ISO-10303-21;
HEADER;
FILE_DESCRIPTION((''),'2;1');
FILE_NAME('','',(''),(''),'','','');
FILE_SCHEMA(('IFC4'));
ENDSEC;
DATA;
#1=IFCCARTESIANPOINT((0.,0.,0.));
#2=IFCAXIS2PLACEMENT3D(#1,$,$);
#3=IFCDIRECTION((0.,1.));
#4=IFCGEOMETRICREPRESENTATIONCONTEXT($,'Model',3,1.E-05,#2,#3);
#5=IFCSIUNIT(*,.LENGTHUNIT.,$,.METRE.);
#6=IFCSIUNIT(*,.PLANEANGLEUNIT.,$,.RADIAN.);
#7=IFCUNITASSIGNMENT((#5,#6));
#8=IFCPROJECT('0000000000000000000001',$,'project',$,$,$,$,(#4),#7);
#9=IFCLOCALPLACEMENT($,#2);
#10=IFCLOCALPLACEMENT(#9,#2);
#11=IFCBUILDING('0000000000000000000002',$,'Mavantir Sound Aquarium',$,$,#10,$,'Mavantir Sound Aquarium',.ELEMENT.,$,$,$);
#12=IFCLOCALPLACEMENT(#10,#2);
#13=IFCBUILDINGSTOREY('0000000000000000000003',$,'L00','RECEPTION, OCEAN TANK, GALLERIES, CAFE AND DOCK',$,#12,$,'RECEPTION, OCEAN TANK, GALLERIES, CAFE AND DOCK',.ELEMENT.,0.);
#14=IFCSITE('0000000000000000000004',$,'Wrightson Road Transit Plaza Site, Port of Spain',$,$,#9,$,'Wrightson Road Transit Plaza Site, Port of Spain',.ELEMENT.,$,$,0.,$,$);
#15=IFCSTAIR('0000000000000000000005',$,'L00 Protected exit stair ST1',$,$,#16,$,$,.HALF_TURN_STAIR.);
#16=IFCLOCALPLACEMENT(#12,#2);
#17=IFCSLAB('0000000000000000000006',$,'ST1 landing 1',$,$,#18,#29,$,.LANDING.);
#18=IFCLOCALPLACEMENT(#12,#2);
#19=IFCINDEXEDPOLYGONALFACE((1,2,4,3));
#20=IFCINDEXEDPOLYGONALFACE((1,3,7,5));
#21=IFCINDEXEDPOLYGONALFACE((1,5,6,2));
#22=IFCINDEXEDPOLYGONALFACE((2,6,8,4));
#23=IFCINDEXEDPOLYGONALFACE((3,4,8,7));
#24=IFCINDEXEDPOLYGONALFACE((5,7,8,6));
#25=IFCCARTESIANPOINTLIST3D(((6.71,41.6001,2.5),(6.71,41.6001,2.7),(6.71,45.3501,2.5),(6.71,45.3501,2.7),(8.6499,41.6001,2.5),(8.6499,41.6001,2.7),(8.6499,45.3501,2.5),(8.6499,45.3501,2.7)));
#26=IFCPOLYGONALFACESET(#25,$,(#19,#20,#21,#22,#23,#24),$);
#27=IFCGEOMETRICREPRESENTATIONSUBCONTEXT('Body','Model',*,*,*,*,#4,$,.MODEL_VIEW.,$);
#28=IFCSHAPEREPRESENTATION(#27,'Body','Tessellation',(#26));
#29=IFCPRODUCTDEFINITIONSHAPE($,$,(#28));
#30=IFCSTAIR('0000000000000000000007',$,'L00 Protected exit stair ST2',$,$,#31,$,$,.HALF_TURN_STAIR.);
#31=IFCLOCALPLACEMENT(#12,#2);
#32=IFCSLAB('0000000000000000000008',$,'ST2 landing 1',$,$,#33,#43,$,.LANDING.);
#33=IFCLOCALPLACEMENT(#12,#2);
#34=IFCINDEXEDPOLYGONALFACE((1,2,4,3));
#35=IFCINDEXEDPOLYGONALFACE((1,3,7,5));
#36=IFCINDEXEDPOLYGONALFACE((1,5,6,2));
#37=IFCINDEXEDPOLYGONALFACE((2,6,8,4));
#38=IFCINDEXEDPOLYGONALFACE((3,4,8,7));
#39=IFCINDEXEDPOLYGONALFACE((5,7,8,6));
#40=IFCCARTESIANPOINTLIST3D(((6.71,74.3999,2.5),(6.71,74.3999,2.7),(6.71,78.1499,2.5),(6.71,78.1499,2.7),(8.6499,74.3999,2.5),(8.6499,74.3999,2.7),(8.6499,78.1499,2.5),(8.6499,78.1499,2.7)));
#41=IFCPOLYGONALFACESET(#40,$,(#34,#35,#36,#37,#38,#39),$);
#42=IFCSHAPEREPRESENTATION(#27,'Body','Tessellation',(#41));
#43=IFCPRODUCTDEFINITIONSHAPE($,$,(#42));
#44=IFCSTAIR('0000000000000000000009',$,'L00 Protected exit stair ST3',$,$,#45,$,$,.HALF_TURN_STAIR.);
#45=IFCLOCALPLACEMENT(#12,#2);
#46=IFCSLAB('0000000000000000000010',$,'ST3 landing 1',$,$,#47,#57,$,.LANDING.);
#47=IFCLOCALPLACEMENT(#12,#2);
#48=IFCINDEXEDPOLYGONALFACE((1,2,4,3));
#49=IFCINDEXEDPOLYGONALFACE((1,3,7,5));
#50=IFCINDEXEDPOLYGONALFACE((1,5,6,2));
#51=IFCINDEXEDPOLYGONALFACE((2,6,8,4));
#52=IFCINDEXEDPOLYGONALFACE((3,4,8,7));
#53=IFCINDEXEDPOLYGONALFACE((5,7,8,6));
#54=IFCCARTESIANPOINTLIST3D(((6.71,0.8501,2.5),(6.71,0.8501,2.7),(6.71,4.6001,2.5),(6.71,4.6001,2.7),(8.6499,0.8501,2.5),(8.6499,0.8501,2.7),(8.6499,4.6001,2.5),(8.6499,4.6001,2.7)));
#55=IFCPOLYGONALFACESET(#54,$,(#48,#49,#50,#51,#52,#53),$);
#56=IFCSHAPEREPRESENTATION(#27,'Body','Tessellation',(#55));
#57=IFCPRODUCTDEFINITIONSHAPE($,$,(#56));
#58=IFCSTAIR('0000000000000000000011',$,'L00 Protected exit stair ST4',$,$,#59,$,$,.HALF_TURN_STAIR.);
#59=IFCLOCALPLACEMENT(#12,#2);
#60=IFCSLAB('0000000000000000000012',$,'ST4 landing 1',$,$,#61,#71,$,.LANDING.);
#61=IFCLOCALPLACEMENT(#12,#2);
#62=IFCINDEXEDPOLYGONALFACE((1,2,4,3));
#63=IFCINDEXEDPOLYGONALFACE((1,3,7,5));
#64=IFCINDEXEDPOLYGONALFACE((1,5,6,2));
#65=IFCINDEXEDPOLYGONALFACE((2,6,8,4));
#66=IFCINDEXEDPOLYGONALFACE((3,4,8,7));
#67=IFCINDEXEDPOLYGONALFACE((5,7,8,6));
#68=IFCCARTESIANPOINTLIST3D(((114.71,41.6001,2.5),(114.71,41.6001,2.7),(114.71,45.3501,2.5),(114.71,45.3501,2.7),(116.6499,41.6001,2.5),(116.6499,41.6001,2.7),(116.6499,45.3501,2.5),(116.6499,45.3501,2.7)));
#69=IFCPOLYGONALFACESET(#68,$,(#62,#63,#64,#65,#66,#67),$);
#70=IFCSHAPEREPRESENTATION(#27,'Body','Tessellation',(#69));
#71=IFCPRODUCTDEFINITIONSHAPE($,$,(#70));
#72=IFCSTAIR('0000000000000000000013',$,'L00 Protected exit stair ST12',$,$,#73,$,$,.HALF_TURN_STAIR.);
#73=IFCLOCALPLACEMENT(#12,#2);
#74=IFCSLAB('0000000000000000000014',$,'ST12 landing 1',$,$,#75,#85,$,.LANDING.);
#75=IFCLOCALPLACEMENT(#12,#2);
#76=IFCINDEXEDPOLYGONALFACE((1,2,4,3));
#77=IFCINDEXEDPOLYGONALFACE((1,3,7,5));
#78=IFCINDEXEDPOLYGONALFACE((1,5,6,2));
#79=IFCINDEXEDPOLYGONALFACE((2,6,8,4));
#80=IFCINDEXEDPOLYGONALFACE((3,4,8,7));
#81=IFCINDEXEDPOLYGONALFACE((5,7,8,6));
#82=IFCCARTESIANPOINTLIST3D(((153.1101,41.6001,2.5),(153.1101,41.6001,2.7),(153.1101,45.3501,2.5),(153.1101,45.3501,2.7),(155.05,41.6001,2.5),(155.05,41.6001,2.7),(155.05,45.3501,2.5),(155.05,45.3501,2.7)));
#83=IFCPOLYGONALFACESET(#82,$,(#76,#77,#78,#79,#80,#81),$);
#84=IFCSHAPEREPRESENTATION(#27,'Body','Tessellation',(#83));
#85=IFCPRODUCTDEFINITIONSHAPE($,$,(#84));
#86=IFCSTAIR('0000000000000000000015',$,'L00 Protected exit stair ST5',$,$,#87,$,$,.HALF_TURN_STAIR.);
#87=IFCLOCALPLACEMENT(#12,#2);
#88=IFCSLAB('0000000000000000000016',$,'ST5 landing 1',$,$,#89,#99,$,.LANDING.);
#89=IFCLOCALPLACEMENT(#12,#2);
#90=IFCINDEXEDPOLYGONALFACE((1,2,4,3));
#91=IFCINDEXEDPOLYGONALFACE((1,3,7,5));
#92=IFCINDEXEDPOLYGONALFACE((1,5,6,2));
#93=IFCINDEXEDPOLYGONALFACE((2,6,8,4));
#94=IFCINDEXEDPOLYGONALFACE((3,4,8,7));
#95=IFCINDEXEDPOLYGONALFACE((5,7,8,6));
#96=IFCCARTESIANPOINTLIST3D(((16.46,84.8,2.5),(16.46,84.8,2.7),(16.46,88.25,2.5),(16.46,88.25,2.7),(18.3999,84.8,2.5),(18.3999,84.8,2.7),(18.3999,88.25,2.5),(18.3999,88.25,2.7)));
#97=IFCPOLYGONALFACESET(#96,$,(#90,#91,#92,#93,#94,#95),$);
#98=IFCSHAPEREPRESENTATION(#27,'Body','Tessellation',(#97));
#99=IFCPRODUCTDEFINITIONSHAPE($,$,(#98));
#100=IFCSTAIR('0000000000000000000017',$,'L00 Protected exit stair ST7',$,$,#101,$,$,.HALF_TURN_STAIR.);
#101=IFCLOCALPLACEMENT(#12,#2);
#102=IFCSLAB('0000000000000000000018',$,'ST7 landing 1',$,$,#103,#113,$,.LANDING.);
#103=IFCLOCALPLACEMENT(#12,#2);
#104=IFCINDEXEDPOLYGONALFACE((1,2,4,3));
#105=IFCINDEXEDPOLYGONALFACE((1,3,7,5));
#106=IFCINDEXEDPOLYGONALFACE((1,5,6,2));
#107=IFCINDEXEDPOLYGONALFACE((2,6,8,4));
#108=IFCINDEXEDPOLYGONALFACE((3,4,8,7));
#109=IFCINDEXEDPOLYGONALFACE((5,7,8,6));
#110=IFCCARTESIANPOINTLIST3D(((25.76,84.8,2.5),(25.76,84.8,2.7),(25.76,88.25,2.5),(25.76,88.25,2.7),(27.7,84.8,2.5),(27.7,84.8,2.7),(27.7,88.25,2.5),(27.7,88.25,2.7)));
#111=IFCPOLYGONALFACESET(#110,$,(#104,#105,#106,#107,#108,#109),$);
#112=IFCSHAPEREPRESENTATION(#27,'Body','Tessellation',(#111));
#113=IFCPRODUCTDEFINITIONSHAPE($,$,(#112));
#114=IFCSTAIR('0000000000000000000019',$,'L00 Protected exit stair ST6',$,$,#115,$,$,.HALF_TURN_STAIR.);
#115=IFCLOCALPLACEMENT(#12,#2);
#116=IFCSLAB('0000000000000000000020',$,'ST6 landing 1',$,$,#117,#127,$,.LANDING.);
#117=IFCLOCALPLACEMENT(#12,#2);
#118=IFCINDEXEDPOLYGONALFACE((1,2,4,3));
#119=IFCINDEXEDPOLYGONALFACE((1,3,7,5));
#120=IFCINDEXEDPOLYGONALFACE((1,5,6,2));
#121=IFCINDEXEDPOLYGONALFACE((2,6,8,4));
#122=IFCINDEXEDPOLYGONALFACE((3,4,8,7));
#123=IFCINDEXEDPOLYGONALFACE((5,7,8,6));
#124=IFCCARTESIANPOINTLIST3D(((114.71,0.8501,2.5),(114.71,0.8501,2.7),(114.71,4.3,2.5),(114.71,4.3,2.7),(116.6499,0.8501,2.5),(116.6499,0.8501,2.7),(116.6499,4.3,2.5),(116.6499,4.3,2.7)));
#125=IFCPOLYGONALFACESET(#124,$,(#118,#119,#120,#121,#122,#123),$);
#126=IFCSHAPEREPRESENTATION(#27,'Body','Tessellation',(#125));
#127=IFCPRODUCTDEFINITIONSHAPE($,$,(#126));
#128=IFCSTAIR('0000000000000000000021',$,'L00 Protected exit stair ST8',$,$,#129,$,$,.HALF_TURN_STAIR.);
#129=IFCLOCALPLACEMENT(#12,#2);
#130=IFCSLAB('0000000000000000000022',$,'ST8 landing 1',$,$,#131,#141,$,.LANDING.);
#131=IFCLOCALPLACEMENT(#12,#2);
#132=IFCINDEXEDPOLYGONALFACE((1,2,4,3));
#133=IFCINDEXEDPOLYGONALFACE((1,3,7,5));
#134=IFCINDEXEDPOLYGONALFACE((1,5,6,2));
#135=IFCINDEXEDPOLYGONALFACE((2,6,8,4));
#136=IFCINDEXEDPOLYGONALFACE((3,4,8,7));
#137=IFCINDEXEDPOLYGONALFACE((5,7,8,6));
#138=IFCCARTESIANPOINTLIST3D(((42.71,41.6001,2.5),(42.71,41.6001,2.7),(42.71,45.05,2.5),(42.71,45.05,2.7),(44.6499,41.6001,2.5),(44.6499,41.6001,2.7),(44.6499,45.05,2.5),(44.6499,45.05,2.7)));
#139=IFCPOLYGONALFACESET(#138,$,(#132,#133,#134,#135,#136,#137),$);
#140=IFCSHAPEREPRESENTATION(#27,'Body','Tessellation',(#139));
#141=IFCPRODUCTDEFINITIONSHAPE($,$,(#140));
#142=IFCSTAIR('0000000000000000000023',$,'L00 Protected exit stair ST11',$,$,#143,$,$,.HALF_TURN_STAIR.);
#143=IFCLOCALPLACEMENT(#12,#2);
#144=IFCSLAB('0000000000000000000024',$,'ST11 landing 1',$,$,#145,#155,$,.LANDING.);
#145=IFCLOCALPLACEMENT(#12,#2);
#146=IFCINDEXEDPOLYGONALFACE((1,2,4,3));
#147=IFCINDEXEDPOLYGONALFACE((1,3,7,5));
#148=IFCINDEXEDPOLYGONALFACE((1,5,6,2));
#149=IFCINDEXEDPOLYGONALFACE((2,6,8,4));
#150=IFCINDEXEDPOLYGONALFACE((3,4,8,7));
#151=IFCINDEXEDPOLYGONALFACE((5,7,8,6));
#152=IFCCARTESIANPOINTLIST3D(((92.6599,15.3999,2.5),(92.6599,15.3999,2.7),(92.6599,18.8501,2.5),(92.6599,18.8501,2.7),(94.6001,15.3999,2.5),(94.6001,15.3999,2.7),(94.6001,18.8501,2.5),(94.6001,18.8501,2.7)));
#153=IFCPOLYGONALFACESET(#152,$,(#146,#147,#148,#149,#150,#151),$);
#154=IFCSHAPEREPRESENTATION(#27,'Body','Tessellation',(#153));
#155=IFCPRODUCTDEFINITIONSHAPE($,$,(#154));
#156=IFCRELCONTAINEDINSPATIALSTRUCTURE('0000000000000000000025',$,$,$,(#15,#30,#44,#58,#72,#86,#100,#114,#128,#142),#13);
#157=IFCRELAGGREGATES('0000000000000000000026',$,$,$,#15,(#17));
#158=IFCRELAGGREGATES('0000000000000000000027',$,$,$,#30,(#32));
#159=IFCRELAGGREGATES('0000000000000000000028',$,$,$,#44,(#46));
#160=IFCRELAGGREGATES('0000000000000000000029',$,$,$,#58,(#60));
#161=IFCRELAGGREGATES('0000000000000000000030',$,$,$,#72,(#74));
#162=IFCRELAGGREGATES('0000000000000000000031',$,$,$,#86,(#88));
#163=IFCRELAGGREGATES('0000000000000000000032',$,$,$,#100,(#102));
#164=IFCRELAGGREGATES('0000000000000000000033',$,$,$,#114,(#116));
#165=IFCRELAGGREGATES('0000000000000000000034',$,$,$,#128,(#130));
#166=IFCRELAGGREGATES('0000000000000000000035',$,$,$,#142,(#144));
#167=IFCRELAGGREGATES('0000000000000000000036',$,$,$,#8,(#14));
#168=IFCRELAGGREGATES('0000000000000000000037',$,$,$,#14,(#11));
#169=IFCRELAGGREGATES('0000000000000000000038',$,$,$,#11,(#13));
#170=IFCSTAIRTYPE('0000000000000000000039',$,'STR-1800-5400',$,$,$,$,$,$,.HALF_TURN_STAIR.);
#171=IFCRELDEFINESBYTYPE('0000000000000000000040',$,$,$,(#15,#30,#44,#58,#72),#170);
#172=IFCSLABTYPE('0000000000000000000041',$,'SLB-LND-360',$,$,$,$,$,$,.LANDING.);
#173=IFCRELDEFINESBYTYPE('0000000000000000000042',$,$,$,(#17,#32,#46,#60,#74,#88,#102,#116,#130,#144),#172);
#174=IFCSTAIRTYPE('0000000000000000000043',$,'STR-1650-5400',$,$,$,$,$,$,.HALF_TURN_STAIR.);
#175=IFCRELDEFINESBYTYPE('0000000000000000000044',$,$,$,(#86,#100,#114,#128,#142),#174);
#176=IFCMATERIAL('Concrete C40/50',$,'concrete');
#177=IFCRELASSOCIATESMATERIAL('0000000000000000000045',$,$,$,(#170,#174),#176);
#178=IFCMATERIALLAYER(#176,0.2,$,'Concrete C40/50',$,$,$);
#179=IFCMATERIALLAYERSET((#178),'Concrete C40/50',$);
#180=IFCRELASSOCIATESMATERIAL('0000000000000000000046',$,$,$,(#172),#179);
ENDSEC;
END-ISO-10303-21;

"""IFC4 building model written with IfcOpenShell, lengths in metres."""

from ifc_helpers import new_model, si_unit, direction, frame, origin, place, context, subcontext, project, spatial, polyline, outline, extrude, material, layer, layer_set, type_object, element, aggregate, save


model = new_model("IFC4")

# Units and contexts
model_context = context("Model", 3, precision=1e-05, world=origin(), true_north=direction((0.0, 1.0)))
body_context = subcontext(model_context, "Body", "Model", "MODEL_VIEW")
ifc_project = project(units=[si_unit("LENGTHUNIT", "METRE"), si_unit("PLANEANGLEUNIT", "RADIAN")], contexts=[model_context])

# Site, building, storey
site_placement = place(None, origin())
site = spatial("IfcSite", under=ifc_project, at=site_placement, Name="Wrightson Road Transit Plaza Site, Port of Spain", LongName="Wrightson Road Transit Plaza Site, Port of Spain", CompositionType="ELEMENT", RefElevation=0.0)
building_placement = place(site_placement, origin())
building = spatial("IfcBuilding", under=site, at=building_placement, Name="Mavantir Sound Aquarium", LongName="Mavantir Sound Aquarium", CompositionType="ELEMENT")
storey_placement = place(building_placement, origin())
storey = spatial("IfcBuildingStorey", under=building, at=storey_placement, Name="L00", Description="RECEPTION, OCEAN TANK, GALLERIES, CAFE AND DOCK", LongName="RECEPTION, OCEAN TANK, GALLERIES, CAFE AND DOCK", CompositionType="ELEMENT", Elevation=0.0)

# Stairs, slabs
ifc_material_1 = material(Name="Concrete C40/50", Category="concrete")
stair_type_1 = type_object("IfcStairType", Name="STR-1800-5400", PredefinedType="HALF_TURN_STAIR", material=ifc_material_1)
stair_1_placement = place(storey_placement, origin())
stair_1 = element("IfcStair", 1, at=stair_1_placement, inside=storey, type_object=stair_type_1, Name="L00 Protected exit stair ST1", PredefinedType="HALF_TURN_STAIR")
ifc_layer_1 = layer(ifc_material_1, 0.2, Name="Concrete C40/50")
ifc_layer_set_1 = layer_set([ifc_layer_1], Name="Concrete C40/50")
slab_type = type_object("IfcSlabType", Name="SLB-LND-360", PredefinedType="LANDING", material=ifc_layer_set_1)
slab_1_placement = place(storey_placement, frame((0.0, 0.0, 2.5)))
slab_1 = element("IfcSlab", 2, at=slab_1_placement, type_object=slab_type, Name="ST1 landing 1", PredefinedType="LANDING", context=body_context, shape_type="SweptSolid", body=[
    extrude(outline(polyline([(6.71, 41.6001), (8.6499, 41.6001), (8.6499, 45.3501), (6.71, 45.3501), (6.71, 41.6001)])), origin(), (0.0, 0.0, 1.0), 0.2),
])
aggregate(stair_1, [slab_1])
stair_2_placement = place(storey_placement, origin())
stair_2 = element("IfcStair", 3, at=stair_2_placement, inside=storey, type_object=stair_type_1, Name="L00 Protected exit stair ST2", PredefinedType="HALF_TURN_STAIR")
slab_2_placement = place(storey_placement, frame((0.0, 0.0, 2.5)))
slab_2 = element("IfcSlab", 4, at=slab_2_placement, type_object=slab_type, Name="ST2 landing 1", PredefinedType="LANDING", context=body_context, shape_type="SweptSolid", body=[
    extrude(outline(polyline([(6.71, 74.3999), (8.6499, 74.3999), (8.6499, 78.1499), (6.71, 78.1499), (6.71, 74.3999)])), origin(), (0.0, 0.0, 1.0), 0.2),
])
aggregate(stair_2, [slab_2])
stair_3_placement = place(storey_placement, origin())
stair_3 = element("IfcStair", 5, at=stair_3_placement, inside=storey, type_object=stair_type_1, Name="L00 Protected exit stair ST3", PredefinedType="HALF_TURN_STAIR")
slab_3_placement = place(storey_placement, frame((0.0, 0.0, 2.5)))
slab_3 = element("IfcSlab", 6, at=slab_3_placement, type_object=slab_type, Name="ST3 landing 1", PredefinedType="LANDING", context=body_context, shape_type="SweptSolid", body=[
    extrude(outline(polyline([(6.71, 0.8501), (8.6499, 0.8501), (8.6499, 4.6001), (6.71, 4.6001), (6.71, 0.8501)])), origin(), (0.0, 0.0, 1.0), 0.2),
])
aggregate(stair_3, [slab_3])
stair_4_placement = place(storey_placement, origin())
stair_4 = element("IfcStair", 7, at=stair_4_placement, inside=storey, type_object=stair_type_1, Name="L00 Protected exit stair ST4", PredefinedType="HALF_TURN_STAIR")
slab_4_placement = place(storey_placement, frame((0.0, 0.0, 2.5)))
slab_4 = element("IfcSlab", 8, at=slab_4_placement, type_object=slab_type, Name="ST4 landing 1", PredefinedType="LANDING", context=body_context, shape_type="SweptSolid", body=[
    extrude(outline(polyline([(114.71, 41.6001), (116.6499, 41.6001), (116.6499, 45.3501), (114.71, 45.3501), (114.71, 41.6001)])), origin(), (0.0, 0.0, 1.0), 0.2),
])
aggregate(stair_4, [slab_4])
stair_5_placement = place(storey_placement, origin())
stair_5 = element("IfcStair", 9, at=stair_5_placement, inside=storey, type_object=stair_type_1, Name="L00 Protected exit stair ST12", PredefinedType="HALF_TURN_STAIR")
slab_5_placement = place(storey_placement, frame((0.0, 0.0, 2.5)))
slab_5 = element("IfcSlab", 10, at=slab_5_placement, type_object=slab_type, Name="ST12 landing 1", PredefinedType="LANDING", context=body_context, shape_type="SweptSolid", body=[
    extrude(outline(polyline([(153.1101, 41.6001), (155.05, 41.6001), (155.05, 45.3501), (153.1101, 45.3501), (153.1101, 41.6001)])), origin(), (0.0, 0.0, 1.0), 0.2),
])
aggregate(stair_5, [slab_5])
stair_type_2 = type_object("IfcStairType", Name="STR-1650-5400", PredefinedType="HALF_TURN_STAIR", material=ifc_material_1)
stair_6_placement = place(storey_placement, origin())
stair_6 = element("IfcStair", 11, at=stair_6_placement, inside=storey, type_object=stair_type_2, Name="L00 Protected exit stair ST5", PredefinedType="HALF_TURN_STAIR")
slab_6_placement = place(storey_placement, frame((0.0, 0.0, 2.5)))
slab_6 = element("IfcSlab", 12, at=slab_6_placement, type_object=slab_type, Name="ST5 landing 1", PredefinedType="LANDING", context=body_context, shape_type="SweptSolid", body=[
    extrude(outline(polyline([(16.46, 84.8), (18.3999, 84.8), (18.3999, 88.25), (16.46, 88.25), (16.46, 84.8)])), origin(), (0.0, 0.0, 1.0), 0.2),
])
aggregate(stair_6, [slab_6])
stair_7_placement = place(storey_placement, origin())
stair_7 = element("IfcStair", 13, at=stair_7_placement, inside=storey, type_object=stair_type_2, Name="L00 Protected exit stair ST7", PredefinedType="HALF_TURN_STAIR")
slab_7_placement = place(storey_placement, frame((0.0, 0.0, 2.5)))
slab_7 = element("IfcSlab", 14, at=slab_7_placement, type_object=slab_type, Name="ST7 landing 1", PredefinedType="LANDING", context=body_context, shape_type="SweptSolid", body=[
    extrude(outline(polyline([(25.76, 84.8), (27.7, 84.8), (27.7, 88.25), (25.76, 88.25), (25.76, 84.8)])), origin(), (0.0, 0.0, 1.0), 0.2),
])
aggregate(stair_7, [slab_7])
stair_8_placement = place(storey_placement, origin())
stair_8 = element("IfcStair", 15, at=stair_8_placement, inside=storey, type_object=stair_type_2, Name="L00 Protected exit stair ST6", PredefinedType="HALF_TURN_STAIR")
slab_8_placement = place(storey_placement, frame((0.0, 0.0, 2.5)))
slab_8 = element("IfcSlab", 16, at=slab_8_placement, type_object=slab_type, Name="ST6 landing 1", PredefinedType="LANDING", context=body_context, shape_type="SweptSolid", body=[
    extrude(outline(polyline([(114.71, 0.8501), (116.6499, 0.8501), (116.6499, 4.3), (114.71, 4.3), (114.71, 0.8501)])), origin(), (0.0, 0.0, 1.0), 0.2),
])
aggregate(stair_8, [slab_8])
stair_9_placement = place(storey_placement, origin())
stair_9 = element("IfcStair", 17, at=stair_9_placement, inside=storey, type_object=stair_type_2, Name="L00 Protected exit stair ST8", PredefinedType="HALF_TURN_STAIR")
slab_9_placement = place(storey_placement, frame((0.0, 0.0, 2.5)))
slab_9 = element("IfcSlab", 18, at=slab_9_placement, type_object=slab_type, Name="ST8 landing 1", PredefinedType="LANDING", context=body_context, shape_type="SweptSolid", body=[
    extrude(outline(polyline([(42.71, 41.6001), (44.6499, 41.6001), (44.6499, 45.05), (42.71, 45.05), (42.71, 41.6001)])), origin(), (0.0, 0.0, 1.0), 0.2),
])
aggregate(stair_9, [slab_9])
stair_10_placement = place(storey_placement, origin())
stair_10 = element("IfcStair", 19, at=stair_10_placement, inside=storey, type_object=stair_type_2, Name="L00 Protected exit stair ST11", PredefinedType="HALF_TURN_STAIR")
slab_10_placement = place(storey_placement, frame((0.0, 0.0, 2.5)))
slab_10 = element("IfcSlab", 20, at=slab_10_placement, type_object=slab_type, Name="ST11 landing 1", PredefinedType="LANDING", context=body_context, shape_type="SweptSolid", body=[
    extrude(outline(polyline([(92.6599, 15.3999), (94.6001, 15.3999), (94.6001, 18.8501), (92.6599, 18.8501), (92.6599, 15.3999)])), origin(), (0.0, 0.0, 1.0), 0.2),
])
aggregate(stair_10, [slab_10])

save(model, "model.ifc")
